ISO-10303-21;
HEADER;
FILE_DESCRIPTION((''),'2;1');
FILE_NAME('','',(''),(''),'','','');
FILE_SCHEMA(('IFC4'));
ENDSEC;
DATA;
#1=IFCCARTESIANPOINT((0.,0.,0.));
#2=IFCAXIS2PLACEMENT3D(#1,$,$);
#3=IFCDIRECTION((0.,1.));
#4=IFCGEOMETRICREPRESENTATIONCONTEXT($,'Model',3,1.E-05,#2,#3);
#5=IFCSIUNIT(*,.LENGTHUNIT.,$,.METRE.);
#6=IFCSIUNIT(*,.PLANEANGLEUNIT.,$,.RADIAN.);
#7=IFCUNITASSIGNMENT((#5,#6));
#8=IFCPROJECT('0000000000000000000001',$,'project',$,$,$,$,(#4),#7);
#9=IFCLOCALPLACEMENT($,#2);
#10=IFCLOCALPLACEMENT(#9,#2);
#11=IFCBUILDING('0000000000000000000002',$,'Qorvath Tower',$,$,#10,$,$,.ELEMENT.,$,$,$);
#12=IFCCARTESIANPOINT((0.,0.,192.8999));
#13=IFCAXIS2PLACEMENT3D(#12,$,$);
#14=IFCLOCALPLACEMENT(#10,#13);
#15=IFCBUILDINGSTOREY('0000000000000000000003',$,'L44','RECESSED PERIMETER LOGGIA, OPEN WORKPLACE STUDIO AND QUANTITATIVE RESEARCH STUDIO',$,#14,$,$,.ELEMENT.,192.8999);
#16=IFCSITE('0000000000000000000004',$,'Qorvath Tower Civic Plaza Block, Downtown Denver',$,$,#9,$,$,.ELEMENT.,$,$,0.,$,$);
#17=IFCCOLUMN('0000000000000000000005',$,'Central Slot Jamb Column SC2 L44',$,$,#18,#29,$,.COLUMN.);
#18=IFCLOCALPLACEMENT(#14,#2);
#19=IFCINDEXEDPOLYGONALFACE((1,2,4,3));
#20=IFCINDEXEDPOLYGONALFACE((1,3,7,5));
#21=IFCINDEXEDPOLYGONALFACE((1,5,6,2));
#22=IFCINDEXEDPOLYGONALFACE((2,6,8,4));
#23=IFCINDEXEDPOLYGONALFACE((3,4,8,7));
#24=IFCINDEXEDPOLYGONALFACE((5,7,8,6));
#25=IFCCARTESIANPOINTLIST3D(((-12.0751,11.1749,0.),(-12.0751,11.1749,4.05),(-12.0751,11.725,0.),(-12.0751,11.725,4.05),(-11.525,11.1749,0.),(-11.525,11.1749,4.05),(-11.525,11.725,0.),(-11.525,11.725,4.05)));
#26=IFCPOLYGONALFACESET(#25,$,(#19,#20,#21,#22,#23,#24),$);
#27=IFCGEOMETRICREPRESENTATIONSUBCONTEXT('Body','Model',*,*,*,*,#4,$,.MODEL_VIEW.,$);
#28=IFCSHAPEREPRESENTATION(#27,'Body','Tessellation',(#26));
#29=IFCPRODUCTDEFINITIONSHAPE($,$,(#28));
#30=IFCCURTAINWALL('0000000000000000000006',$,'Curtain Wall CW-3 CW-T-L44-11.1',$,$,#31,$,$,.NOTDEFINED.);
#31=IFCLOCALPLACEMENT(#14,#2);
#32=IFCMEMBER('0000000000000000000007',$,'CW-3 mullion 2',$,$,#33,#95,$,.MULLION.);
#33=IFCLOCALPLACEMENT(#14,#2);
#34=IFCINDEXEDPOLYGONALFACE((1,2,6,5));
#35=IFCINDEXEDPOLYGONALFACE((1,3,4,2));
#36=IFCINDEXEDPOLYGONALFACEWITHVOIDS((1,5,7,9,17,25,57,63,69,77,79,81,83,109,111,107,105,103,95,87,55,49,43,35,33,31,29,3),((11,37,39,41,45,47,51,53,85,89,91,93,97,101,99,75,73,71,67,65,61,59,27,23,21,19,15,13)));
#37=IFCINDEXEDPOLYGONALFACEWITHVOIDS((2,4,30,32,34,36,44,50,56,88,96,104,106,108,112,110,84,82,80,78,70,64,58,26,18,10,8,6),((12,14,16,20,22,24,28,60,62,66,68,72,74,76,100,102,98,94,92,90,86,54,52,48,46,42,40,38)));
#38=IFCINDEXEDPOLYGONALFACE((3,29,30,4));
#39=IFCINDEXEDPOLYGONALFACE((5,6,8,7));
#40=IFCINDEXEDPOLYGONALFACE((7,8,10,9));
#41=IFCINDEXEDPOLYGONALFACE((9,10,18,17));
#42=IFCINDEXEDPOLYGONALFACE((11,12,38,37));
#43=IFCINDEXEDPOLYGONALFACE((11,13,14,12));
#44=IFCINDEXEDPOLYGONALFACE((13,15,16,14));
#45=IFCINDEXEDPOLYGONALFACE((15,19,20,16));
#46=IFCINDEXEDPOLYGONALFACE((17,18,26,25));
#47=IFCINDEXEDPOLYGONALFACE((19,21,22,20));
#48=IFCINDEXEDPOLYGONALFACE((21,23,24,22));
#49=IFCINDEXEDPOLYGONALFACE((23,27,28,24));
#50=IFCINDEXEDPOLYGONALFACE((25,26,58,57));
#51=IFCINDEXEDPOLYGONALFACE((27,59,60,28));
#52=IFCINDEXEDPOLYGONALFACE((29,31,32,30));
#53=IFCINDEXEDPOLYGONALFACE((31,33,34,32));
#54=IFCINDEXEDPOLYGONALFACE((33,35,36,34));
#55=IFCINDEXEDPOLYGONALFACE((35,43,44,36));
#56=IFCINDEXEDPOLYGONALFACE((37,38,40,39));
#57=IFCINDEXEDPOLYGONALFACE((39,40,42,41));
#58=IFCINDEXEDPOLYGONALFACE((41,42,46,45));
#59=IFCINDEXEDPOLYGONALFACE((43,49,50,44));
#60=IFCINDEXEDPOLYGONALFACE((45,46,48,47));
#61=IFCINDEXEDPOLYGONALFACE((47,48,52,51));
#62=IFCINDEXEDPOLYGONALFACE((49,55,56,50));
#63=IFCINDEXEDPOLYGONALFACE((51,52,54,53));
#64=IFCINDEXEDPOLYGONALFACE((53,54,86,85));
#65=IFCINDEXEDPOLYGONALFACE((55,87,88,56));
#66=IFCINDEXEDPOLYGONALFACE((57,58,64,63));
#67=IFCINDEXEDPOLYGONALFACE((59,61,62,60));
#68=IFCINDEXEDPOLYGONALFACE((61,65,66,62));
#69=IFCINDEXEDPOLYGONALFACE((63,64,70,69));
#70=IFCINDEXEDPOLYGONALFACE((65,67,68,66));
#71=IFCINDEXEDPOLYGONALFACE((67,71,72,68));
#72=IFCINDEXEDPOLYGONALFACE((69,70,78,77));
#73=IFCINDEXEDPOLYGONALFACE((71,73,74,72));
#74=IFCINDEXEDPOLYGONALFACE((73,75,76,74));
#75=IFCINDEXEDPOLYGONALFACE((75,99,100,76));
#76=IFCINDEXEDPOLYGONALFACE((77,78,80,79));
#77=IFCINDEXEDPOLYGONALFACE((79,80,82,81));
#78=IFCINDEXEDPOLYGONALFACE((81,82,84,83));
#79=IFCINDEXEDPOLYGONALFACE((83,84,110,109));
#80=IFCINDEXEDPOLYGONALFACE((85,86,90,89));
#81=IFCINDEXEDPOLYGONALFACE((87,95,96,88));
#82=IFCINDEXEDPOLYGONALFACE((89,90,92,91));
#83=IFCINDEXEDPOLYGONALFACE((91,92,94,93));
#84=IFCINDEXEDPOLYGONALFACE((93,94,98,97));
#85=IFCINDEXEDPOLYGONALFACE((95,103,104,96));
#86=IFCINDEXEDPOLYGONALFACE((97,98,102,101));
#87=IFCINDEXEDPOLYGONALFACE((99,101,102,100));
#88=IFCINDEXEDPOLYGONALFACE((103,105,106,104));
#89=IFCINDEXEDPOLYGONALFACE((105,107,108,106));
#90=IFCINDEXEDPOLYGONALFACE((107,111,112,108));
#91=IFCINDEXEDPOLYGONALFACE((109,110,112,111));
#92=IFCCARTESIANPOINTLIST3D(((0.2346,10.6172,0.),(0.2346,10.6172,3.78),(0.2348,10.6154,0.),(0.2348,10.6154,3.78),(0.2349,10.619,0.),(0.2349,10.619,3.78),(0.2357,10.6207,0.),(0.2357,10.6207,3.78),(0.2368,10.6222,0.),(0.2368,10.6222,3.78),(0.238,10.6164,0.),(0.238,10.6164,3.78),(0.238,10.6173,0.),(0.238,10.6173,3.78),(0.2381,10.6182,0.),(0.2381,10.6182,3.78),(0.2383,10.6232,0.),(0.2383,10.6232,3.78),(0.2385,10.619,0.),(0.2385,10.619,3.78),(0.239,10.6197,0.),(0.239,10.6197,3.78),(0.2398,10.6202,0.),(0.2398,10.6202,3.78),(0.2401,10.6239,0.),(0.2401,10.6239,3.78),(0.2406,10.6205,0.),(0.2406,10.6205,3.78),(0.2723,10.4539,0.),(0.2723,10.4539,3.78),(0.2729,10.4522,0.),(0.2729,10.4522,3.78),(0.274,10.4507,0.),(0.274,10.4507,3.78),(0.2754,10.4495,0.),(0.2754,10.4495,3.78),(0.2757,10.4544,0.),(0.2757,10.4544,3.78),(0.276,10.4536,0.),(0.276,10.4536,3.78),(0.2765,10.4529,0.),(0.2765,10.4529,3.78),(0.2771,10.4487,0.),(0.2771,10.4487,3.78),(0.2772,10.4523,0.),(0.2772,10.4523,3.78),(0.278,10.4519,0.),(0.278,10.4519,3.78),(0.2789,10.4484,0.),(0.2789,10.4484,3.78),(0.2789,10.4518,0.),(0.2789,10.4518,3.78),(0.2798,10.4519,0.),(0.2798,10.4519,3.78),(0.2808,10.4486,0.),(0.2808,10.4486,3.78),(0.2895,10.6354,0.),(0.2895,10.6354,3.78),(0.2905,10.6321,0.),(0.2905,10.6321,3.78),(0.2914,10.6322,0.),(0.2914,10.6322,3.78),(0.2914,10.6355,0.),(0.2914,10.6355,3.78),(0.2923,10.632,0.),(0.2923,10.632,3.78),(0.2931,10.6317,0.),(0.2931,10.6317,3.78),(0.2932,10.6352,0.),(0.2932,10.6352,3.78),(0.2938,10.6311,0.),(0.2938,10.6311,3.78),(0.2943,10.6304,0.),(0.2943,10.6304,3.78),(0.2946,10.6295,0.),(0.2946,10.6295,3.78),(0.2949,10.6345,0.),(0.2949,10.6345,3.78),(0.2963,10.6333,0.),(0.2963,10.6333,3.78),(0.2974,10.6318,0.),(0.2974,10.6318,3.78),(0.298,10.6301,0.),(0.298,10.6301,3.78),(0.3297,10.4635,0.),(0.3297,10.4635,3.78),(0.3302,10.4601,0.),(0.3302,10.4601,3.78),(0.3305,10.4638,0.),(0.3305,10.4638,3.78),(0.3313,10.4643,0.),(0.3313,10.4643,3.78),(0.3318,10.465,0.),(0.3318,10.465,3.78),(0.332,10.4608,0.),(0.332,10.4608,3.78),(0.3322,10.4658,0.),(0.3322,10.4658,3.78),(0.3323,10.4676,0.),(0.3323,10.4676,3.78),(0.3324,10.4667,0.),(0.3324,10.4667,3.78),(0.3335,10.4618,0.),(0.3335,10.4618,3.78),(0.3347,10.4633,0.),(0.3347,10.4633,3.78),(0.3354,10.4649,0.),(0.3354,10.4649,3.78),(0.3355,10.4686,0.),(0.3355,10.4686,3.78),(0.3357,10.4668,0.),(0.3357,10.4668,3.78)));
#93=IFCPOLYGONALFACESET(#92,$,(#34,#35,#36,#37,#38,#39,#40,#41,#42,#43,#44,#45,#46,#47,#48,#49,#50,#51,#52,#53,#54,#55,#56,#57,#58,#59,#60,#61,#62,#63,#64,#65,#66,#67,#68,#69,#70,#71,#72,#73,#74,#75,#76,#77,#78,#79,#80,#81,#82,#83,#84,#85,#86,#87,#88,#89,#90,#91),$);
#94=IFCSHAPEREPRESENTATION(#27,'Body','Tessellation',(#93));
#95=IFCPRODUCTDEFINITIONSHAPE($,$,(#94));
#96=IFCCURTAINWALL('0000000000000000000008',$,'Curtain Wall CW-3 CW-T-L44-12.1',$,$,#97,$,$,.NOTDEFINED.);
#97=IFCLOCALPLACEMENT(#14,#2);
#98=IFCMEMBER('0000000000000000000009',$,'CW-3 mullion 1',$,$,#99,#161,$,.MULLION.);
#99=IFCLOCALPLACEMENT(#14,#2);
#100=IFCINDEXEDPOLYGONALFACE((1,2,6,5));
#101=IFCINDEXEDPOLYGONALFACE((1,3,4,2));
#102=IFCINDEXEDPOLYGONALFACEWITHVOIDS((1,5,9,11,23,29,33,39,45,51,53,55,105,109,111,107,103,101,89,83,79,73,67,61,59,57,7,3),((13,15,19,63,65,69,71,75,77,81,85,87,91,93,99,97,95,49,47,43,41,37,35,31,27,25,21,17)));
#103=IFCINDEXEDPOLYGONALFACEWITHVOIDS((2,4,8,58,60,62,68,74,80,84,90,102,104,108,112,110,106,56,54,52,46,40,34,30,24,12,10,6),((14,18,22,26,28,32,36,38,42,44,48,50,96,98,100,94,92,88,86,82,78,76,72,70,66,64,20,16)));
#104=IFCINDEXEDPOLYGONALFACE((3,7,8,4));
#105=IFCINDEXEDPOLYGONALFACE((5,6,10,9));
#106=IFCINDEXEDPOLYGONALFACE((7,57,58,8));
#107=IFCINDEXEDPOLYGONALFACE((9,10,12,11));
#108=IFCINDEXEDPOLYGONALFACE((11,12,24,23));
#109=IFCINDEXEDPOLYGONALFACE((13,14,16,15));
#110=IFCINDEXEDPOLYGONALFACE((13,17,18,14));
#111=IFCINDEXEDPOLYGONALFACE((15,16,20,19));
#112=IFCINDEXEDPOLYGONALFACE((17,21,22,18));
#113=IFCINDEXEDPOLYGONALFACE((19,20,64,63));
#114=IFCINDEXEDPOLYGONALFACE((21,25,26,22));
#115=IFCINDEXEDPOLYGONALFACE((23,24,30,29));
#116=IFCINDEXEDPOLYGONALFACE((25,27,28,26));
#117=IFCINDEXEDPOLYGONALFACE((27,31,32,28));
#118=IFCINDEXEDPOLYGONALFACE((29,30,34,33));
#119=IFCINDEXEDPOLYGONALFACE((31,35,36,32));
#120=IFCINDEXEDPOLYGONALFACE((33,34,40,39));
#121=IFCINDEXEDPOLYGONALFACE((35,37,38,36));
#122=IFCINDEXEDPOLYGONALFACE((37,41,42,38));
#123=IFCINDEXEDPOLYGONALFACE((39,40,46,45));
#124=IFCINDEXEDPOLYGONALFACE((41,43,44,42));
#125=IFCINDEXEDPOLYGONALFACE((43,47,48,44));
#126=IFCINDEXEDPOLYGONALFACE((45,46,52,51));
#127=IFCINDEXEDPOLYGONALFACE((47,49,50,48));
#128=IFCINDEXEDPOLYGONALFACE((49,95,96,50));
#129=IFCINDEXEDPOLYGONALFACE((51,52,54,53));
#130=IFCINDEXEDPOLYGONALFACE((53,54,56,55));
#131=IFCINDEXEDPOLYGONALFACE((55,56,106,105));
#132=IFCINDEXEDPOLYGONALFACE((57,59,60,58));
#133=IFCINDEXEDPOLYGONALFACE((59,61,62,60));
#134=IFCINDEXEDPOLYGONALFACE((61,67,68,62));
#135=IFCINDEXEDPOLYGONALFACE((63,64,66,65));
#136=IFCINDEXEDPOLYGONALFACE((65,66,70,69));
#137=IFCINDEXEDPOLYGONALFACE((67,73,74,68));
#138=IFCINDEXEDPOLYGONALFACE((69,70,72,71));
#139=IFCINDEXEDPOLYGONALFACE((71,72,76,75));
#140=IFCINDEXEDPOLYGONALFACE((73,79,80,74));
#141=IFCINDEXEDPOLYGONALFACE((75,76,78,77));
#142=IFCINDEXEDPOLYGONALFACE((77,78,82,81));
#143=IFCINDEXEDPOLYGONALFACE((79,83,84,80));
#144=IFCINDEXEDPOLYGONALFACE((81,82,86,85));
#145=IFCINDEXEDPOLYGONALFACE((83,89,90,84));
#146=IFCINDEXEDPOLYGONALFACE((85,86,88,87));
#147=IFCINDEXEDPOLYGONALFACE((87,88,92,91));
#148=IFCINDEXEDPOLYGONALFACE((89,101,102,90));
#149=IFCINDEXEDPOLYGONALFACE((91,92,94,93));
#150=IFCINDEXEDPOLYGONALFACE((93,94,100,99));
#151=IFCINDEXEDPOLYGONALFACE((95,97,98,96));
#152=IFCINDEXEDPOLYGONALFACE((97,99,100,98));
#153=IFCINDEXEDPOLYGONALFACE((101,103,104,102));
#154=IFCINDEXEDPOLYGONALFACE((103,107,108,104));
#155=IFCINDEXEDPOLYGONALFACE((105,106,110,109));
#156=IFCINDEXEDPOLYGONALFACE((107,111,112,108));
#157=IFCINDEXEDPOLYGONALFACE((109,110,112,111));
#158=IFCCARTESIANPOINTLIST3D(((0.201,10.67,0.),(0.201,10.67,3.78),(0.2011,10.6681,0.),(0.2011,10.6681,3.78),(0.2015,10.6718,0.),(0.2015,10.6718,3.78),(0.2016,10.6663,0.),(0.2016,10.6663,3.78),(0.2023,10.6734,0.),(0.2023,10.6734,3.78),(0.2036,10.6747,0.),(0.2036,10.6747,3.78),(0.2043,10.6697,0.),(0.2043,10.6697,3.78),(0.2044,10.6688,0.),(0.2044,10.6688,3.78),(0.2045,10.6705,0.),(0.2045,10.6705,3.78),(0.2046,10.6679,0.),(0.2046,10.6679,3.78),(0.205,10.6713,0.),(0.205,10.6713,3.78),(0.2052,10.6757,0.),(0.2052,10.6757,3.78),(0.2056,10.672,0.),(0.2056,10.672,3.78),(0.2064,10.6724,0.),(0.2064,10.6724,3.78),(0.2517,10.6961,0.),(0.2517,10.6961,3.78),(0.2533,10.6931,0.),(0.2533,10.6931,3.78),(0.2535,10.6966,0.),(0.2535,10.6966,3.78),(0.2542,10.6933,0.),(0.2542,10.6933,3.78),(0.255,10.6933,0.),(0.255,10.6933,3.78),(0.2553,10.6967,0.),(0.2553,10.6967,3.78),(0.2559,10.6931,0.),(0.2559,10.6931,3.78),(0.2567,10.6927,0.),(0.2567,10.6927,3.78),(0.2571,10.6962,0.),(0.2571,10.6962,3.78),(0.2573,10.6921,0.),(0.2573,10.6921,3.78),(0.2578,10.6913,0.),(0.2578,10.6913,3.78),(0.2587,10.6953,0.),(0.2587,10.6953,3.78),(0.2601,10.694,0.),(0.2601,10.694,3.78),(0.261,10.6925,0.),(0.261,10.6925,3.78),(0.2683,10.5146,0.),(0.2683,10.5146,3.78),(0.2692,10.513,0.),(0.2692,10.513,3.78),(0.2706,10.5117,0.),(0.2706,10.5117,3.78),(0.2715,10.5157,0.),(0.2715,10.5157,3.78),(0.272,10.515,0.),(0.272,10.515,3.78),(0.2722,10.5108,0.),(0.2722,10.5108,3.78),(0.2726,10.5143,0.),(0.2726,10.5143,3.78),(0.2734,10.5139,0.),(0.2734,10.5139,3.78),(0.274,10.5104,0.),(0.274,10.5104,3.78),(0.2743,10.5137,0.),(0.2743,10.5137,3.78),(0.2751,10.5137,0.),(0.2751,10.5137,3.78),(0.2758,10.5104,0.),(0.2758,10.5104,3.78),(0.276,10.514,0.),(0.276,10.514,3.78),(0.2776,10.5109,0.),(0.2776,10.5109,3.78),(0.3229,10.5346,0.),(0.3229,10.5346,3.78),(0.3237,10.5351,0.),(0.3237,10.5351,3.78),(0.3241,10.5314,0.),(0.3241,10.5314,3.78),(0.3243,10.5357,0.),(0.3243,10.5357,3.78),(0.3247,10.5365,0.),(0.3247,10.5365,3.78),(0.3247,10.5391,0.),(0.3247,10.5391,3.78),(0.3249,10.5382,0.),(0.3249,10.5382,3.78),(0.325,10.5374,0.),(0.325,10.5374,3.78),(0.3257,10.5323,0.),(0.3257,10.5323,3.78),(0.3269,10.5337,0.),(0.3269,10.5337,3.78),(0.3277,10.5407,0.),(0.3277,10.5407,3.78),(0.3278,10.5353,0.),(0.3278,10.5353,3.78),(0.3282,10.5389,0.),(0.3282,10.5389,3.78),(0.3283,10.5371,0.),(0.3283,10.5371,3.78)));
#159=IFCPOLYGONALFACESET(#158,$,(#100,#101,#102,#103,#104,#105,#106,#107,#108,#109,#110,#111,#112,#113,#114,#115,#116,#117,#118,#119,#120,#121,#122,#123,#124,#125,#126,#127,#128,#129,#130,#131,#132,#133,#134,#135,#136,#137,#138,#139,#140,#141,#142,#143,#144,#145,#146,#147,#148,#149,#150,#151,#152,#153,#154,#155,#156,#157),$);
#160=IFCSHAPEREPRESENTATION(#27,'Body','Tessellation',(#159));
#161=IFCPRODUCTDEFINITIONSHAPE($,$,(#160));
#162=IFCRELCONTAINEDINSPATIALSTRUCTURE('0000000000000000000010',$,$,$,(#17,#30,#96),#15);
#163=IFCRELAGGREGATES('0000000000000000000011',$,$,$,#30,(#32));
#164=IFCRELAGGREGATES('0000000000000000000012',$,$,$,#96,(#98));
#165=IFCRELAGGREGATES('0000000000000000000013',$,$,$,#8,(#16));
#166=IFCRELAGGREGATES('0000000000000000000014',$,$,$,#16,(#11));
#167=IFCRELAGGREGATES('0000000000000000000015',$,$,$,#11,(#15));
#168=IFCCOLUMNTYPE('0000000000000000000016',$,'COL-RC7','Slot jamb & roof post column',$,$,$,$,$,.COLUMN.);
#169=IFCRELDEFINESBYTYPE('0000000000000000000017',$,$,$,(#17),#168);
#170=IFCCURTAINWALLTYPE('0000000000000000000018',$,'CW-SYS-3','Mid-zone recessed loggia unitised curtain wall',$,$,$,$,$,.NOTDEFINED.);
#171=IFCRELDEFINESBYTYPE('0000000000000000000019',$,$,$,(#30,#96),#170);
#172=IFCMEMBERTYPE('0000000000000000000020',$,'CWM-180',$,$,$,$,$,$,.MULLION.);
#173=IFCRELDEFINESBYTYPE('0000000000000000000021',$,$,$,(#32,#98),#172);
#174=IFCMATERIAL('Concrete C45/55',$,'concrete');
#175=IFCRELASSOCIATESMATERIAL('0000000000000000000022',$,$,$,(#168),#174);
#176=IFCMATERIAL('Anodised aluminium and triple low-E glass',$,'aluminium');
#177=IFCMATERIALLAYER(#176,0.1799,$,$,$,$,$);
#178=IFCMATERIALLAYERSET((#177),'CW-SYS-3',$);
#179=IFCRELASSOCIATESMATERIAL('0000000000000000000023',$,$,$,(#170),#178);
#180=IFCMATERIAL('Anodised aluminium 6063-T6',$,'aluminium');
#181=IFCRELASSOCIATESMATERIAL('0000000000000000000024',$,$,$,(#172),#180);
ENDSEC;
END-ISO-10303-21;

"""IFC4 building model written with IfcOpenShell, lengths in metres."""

from ifc_helpers import new_model, si_unit, direction, frame, origin, origin_2d, place, context, subcontext, project, spatial, rectangle, hollow_rectangle, extrude, material, layer, layer_set, material_profile, profile_set, type_object, element, aggregate, save


model = new_model("IFC4")

# Units and contexts
model_context = context("Model", 3, precision=1e-05, world=origin(), true_north=direction((0.0, 1.0)))
body_context = subcontext(model_context, "Body", "Model", "MODEL_VIEW")
ifc_project = project(units=[si_unit("LENGTHUNIT", "METRE"), si_unit("PLANEANGLEUNIT", "RADIAN")], contexts=[model_context])

# Site, building, storey
site_placement = place(None, origin())
site = spatial("IfcSite", under=ifc_project, at=site_placement, Name="Qorvath Tower Civic Plaza Block, Downtown Denver", CompositionType="ELEMENT", RefElevation=0.0)
building_placement = place(site_placement, origin())
building = spatial("IfcBuilding", under=site, at=building_placement, Name="Qorvath Tower", CompositionType="ELEMENT")
storey_placement = place(building_placement, frame((0.0, 0.0, 192.8999)))
storey = spatial("IfcBuildingStorey", under=building, at=storey_placement, Name="L44", Description="RECESSED PERIMETER LOGGIA, OPEN WORKPLACE STUDIO AND QUANTITATIVE RESEARCH STUDIO", CompositionType="ELEMENT", Elevation=192.8999)

# Column
ifc_material_1 = material(Name="Concrete C45/55", Category="concrete")
ifc_material_profile_1 = material_profile(ifc_material_1, rectangle(XDim=0.55, YDim=0.55, at=origin_2d()), Name="RC 550x550")
ifc_profile_set_1 = profile_set([ifc_material_profile_1], Name="Concrete C45/55")
column_type = type_object("IfcColumnType", Name="COL-RC7", Description="Slot jamb & roof post column", PredefinedType="COLUMN", material=ifc_profile_set_1)
column_placement = place(storey_placement, frame((-11.8, 11.45, 0.0), z_axis=(0.0, 0.0, 1.0), x_axis=(1.0, 0.0, 0.0)))
element("IfcColumn", 1, at=column_placement, inside=storey, type_object=column_type, Name="Central Slot Jamb Column SC2 L44", PredefinedType="COLUMN", context=body_context, shape_type="SweptSolid", body=[
    extrude(rectangle(XDim=0.55, YDim=0.55, at=origin_2d()), origin(), (0.0, 0.0, 1.0), 4.05),
])

# Curtain wall, member
ifc_material_2 = material(Name="Anodised aluminium and triple low-E glass", Category="aluminium")
ifc_layer_1 = layer(ifc_material_2, 0.1799)
ifc_layer_set_1 = layer_set([ifc_layer_1], Name="CW-SYS-3")
curtain_wall_type = type_object("IfcCurtainWallType", Name="CW-SYS-3", Description="Mid-zone recessed loggia unitised curtain wall", PredefinedType="NOTDEFINED", material=ifc_layer_set_1)
curtain_wall_1_placement = place(storey_placement, origin())
curtain_wall_1 = element("IfcCurtainWall", 2, at=curtain_wall_1_placement, inside=storey, type_object=curtain_wall_type, Name="Curtain Wall CW-3 CW-T-L44-11.1", PredefinedType="NOTDEFINED")
ifc_material_3 = material(Name="Anodised aluminium 6063-T6", Category="aluminium")
ifc_material_profile_2 = material_profile(ifc_material_3, hollow_rectangle(XDim=0.0649, YDim=0.1799, WallThickness=0.0034, InnerFilletRadius=0.0034, OuterFilletRadius=0.0071, at=origin_2d()), Name="CWM 180x65")
ifc_profile_set_2 = profile_set([ifc_material_profile_2], Name="Anodised aluminium 6063-T6")
member_type_1 = type_object("IfcMemberType", Name="CWM-180", PredefinedType="MULLION", material=ifc_profile_set_2)
member_1_placement = place(storey_placement, frame((0.2852, 10.542, 0.0), z_axis=(0.0, 0.0, 1.0), x_axis=(-0.974064, -0.226272, 0.0)))
member_1 = element("IfcMember", 3, at=member_1_placement, type_object=member_type_1, Name="CW-3 mullion 2", PredefinedType="MULLION", context=body_context, shape_type="SweptSolid", body=[
    extrude(hollow_rectangle(XDim=0.0649, YDim=0.1799, WallThickness=0.0034, InnerFilletRadius=0.0034, OuterFilletRadius=0.0071, at=origin_2d()), origin(), (0.0, 0.0, 1.0), 3.78),
])

# Curtain wall, member
curtain_wall_2_placement = place(storey_placement, origin())
curtain_wall_2 = element("IfcCurtainWall", 4, at=curtain_wall_2_placement, inside=storey, type_object=curtain_wall_type, Name="Curtain Wall CW-3 CW-T-L44-12.1", PredefinedType="NOTDEFINED")
member_2_placement = place(storey_placement, frame((0.2646, 10.6035, 0.0), z_axis=(0.0, 0.0, 1.0), x_axis=(-0.915499, -0.402321, 0.0)))
member_2 = element("IfcMember", 5, at=member_2_placement, type_object=member_type_1, Name="CW-3 mullion 1", PredefinedType="MULLION", context=body_context, shape_type="SweptSolid", body=[
    extrude(hollow_rectangle(XDim=0.0649, YDim=0.1799, WallThickness=0.0034, InnerFilletRadius=0.0034, OuterFilletRadius=0.0071, at=origin_2d()), origin(), (0.0, 0.0, 1.0), 3.78),
])

aggregate(curtain_wall_1, [member_1])
aggregate(curtain_wall_2, [member_2])

save(model, "model.ifc")
